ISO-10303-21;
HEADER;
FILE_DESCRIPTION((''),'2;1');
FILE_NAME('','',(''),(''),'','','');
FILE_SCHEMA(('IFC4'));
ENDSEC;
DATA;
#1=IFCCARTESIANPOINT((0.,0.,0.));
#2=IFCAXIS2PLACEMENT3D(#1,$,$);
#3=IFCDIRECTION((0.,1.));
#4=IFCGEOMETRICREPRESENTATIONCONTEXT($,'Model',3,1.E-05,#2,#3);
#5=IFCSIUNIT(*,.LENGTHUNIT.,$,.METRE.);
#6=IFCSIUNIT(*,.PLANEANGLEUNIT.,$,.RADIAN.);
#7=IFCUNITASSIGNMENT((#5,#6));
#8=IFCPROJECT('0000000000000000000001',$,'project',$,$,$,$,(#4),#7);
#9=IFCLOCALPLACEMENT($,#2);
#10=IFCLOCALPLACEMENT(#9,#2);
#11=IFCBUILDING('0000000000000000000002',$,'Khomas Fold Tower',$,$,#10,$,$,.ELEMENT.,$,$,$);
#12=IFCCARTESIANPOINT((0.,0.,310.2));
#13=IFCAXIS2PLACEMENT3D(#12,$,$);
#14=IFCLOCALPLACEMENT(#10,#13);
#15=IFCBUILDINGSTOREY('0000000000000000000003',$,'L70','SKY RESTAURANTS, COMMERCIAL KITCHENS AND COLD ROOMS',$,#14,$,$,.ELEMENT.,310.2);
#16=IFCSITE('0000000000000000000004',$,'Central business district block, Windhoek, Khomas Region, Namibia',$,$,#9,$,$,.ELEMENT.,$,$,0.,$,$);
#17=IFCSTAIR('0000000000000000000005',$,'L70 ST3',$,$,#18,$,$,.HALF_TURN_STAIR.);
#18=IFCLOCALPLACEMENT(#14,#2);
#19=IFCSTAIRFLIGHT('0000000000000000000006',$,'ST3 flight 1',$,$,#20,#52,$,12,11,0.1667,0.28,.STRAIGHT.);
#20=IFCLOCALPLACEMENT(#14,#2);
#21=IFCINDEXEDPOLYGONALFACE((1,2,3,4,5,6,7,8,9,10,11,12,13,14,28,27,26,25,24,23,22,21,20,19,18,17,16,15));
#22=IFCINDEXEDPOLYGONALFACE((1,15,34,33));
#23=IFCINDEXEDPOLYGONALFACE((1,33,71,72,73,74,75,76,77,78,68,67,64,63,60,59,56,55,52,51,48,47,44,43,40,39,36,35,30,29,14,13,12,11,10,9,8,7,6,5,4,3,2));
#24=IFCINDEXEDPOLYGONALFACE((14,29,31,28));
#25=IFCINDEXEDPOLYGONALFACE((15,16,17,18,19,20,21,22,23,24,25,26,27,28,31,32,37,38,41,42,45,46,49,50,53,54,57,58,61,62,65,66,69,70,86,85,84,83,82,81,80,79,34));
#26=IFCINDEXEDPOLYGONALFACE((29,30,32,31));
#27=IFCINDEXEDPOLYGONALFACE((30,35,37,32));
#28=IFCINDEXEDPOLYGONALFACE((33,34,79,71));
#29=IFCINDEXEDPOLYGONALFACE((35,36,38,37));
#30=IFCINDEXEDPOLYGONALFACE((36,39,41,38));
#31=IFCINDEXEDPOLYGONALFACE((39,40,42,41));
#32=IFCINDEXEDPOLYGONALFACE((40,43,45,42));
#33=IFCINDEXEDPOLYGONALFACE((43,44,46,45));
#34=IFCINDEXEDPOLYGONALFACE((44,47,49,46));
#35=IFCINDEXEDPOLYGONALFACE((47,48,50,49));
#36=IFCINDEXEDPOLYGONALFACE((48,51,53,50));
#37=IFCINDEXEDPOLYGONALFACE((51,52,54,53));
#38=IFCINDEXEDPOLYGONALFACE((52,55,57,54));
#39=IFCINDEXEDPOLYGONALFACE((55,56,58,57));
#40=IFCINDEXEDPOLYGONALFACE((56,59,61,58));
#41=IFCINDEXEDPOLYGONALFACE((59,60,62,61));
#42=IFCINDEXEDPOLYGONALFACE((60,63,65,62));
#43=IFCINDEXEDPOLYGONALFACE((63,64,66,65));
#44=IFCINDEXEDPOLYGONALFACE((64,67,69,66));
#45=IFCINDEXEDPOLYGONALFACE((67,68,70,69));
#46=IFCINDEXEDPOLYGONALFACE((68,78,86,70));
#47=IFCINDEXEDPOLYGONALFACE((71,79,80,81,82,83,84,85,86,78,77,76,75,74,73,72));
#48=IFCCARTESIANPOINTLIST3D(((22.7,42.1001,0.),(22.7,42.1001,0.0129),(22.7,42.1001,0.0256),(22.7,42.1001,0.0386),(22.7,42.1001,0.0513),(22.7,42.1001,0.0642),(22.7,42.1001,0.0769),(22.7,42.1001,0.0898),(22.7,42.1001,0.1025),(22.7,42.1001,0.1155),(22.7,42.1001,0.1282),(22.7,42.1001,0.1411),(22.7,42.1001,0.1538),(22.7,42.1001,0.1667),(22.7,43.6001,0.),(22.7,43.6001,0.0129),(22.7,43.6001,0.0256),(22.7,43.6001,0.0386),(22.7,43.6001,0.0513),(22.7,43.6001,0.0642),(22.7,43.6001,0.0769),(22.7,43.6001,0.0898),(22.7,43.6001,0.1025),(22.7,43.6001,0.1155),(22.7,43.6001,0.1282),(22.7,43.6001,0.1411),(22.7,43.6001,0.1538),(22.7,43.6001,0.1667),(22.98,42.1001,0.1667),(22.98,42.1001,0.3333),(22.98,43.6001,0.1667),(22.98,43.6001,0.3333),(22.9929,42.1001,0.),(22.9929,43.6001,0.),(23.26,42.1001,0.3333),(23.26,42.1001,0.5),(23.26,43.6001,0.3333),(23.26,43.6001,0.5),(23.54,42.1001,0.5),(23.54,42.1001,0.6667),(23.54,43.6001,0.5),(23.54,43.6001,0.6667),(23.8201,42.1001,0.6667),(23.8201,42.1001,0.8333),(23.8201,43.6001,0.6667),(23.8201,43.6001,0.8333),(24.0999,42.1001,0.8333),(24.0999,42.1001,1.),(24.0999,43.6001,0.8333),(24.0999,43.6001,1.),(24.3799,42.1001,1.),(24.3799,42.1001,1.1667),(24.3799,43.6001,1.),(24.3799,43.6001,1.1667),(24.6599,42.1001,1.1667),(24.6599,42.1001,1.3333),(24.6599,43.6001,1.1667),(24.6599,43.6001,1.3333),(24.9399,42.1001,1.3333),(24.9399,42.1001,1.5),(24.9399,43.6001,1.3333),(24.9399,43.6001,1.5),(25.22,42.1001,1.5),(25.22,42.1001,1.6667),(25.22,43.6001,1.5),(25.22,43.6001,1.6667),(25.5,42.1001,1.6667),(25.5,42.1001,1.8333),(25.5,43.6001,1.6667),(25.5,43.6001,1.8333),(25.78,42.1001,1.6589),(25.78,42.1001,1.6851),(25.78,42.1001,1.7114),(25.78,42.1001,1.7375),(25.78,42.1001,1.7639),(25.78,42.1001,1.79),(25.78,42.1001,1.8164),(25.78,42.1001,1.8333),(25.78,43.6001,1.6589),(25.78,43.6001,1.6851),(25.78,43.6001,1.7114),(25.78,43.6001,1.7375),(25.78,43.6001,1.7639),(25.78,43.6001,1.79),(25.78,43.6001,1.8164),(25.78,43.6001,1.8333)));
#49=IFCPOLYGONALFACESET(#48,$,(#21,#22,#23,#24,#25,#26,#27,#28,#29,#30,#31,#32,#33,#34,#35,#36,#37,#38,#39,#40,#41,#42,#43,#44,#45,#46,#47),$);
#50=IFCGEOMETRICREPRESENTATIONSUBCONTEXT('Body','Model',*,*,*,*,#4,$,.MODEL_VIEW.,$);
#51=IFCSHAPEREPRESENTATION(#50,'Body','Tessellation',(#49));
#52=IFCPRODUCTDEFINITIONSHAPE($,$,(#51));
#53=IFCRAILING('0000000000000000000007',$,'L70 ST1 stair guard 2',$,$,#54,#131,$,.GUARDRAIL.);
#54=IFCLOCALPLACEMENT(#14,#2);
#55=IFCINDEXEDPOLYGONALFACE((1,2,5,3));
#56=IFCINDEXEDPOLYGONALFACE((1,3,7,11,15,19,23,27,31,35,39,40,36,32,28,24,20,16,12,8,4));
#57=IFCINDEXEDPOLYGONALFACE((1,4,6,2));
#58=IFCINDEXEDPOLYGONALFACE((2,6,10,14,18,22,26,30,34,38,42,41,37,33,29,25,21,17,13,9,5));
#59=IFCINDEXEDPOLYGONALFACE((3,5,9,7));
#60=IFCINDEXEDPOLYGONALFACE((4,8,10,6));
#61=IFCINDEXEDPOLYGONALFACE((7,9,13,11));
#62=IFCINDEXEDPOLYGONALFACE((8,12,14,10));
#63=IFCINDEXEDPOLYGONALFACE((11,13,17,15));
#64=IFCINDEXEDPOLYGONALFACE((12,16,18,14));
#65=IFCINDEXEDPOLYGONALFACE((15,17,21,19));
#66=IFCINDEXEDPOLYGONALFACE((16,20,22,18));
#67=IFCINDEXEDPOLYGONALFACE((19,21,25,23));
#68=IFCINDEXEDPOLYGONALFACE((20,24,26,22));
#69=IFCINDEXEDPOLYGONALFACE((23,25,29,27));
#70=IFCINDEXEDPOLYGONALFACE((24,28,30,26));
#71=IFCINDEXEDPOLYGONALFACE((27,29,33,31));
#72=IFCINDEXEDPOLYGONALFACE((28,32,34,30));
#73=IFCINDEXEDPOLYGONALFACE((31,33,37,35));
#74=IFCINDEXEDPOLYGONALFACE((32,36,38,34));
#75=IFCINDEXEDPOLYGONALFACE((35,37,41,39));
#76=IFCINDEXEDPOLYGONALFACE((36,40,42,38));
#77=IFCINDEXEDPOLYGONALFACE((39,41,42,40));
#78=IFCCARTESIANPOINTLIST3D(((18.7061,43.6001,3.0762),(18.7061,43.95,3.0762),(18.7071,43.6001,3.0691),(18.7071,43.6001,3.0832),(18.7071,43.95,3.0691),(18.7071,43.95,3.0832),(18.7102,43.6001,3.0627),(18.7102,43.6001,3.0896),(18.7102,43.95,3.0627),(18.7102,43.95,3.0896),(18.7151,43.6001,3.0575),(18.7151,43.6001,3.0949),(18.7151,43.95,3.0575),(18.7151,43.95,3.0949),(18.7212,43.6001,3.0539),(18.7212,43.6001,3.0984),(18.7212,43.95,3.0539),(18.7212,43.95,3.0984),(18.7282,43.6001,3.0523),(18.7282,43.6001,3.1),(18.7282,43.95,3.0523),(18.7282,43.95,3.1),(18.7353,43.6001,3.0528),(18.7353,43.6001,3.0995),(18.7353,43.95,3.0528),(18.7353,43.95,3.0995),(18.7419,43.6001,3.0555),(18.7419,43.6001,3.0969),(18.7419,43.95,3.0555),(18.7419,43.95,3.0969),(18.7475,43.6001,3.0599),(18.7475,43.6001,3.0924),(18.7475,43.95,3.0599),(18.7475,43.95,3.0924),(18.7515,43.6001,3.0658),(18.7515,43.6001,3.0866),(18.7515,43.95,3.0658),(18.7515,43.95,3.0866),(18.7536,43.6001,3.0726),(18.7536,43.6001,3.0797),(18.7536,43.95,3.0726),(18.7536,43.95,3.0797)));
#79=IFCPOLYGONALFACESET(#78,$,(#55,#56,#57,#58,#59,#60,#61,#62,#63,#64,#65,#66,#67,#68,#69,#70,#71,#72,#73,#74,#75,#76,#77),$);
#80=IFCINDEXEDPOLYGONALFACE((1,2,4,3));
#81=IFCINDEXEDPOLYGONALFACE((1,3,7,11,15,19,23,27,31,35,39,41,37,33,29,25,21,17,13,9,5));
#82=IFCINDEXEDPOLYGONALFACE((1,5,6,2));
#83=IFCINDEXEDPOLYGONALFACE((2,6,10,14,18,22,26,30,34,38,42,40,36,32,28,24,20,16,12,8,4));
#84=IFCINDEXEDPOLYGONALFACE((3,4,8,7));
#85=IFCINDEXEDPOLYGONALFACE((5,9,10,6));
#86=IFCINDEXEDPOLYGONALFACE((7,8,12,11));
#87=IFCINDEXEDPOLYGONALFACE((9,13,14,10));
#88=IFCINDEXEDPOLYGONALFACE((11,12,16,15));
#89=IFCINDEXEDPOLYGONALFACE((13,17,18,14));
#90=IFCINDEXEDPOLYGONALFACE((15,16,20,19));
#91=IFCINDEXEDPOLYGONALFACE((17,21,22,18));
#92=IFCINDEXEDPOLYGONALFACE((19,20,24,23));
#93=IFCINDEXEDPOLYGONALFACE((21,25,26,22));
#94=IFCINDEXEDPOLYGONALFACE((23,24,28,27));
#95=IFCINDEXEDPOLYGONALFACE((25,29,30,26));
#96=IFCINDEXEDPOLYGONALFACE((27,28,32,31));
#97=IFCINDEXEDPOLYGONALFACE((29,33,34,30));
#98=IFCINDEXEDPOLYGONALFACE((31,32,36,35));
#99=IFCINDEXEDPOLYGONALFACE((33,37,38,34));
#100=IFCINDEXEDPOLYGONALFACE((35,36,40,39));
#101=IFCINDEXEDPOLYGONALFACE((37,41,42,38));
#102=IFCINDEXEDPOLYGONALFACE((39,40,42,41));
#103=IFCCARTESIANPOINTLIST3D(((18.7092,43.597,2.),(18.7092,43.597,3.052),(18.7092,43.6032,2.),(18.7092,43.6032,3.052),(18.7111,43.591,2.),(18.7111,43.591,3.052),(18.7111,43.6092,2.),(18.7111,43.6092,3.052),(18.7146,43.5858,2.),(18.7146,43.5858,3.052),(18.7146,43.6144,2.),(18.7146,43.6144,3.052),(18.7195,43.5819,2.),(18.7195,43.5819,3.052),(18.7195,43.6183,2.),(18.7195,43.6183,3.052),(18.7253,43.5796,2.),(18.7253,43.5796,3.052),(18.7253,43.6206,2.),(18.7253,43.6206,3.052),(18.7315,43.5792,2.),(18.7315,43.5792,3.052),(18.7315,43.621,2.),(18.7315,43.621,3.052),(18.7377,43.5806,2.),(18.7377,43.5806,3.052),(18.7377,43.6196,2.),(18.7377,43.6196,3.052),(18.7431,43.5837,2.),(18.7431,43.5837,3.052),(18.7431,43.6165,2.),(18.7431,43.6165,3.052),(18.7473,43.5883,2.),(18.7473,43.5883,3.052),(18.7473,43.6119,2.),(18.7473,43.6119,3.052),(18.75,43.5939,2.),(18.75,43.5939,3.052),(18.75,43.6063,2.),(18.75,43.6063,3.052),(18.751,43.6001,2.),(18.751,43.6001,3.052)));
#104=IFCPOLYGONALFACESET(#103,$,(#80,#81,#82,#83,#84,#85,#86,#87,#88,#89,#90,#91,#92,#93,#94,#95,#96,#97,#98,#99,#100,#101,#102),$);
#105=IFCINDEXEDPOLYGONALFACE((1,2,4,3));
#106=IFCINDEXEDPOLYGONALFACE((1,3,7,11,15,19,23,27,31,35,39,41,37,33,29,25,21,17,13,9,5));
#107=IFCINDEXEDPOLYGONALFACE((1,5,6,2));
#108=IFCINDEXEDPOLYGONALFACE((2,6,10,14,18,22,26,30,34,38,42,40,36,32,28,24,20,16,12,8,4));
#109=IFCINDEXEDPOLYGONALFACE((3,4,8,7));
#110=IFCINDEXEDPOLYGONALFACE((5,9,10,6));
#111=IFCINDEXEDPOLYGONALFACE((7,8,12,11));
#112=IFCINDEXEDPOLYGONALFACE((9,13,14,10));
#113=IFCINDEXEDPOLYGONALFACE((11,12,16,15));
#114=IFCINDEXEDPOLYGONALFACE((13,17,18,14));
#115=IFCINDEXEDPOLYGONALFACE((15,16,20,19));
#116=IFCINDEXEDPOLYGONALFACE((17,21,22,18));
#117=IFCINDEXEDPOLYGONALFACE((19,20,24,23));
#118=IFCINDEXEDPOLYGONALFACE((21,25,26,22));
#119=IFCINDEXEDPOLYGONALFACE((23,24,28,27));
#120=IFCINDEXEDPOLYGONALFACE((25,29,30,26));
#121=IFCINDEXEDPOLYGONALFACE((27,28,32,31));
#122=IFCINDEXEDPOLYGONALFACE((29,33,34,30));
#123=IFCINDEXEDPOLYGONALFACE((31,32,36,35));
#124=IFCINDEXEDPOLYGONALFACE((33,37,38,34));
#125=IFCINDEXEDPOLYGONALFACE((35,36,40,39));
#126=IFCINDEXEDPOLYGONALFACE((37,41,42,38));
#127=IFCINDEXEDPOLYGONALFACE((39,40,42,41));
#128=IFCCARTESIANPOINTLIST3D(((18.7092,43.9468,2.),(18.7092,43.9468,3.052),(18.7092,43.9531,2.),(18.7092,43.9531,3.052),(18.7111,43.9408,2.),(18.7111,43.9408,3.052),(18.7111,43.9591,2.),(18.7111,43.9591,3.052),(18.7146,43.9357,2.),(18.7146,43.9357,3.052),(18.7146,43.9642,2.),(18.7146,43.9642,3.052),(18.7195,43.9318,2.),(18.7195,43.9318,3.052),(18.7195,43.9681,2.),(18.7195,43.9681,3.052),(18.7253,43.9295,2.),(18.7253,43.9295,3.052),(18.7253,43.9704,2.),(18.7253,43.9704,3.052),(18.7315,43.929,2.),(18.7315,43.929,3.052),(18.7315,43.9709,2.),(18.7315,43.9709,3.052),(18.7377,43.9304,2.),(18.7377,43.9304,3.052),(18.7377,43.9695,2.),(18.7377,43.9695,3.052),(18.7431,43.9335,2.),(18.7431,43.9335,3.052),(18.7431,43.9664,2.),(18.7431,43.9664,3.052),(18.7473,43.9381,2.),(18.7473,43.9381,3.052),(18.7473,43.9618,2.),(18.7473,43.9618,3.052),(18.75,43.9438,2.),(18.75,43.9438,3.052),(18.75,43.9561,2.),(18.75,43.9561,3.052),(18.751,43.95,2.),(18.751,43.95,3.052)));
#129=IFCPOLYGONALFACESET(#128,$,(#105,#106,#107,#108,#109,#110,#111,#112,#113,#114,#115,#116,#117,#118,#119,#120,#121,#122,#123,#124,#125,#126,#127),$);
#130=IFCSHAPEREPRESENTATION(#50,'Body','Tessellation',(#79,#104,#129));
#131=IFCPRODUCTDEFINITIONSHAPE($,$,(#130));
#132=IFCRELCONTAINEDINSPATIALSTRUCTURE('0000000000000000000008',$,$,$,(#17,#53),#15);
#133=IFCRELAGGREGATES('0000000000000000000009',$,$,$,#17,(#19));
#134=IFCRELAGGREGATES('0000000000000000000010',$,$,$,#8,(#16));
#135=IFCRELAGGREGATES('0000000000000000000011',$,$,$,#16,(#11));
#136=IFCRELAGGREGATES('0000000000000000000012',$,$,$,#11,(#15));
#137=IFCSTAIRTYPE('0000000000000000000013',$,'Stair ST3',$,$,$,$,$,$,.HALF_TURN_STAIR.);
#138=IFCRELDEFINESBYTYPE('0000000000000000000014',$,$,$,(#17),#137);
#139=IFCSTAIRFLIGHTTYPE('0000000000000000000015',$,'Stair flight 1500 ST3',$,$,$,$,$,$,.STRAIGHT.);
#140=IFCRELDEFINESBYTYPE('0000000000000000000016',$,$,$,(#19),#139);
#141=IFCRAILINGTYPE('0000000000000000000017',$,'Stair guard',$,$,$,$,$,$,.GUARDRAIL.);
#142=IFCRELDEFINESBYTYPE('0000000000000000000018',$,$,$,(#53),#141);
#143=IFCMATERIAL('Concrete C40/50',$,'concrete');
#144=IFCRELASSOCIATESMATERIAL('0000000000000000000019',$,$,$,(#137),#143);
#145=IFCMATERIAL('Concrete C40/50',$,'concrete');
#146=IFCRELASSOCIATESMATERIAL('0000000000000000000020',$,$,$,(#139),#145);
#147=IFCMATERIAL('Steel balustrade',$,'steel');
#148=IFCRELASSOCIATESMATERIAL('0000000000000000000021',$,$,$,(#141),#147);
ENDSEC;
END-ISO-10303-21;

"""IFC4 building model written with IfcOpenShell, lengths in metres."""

from ifc_helpers import new_model, si_unit, direction, frame, origin, origin_2d, place, context, subcontext, project, spatial, polyline, circle, outline, extrude, source, transform, mapped, material, type_object, element, aggregate, save


model = new_model("IFC4")

# Units and contexts
model_context = context("Model", 3, precision=1e-05, world=origin(), true_north=direction((0.0, 1.0)))
body_context = subcontext(model_context, "Body", "Model", "MODEL_VIEW")
ifc_project = project(units=[si_unit("LENGTHUNIT", "METRE"), si_unit("PLANEANGLEUNIT", "RADIAN")], contexts=[model_context])

# Site, building, storey
site_placement = place(None, origin())
site = spatial("IfcSite", under=ifc_project, at=site_placement, Name="Central business district block, Windhoek, Khomas Region, Namibia", CompositionType="ELEMENT", RefElevation=0.0)
building_placement = place(site_placement, origin())
building = spatial("IfcBuilding", under=site, at=building_placement, Name="Khomas Fold Tower", CompositionType="ELEMENT")
storey_placement = place(building_placement, frame((0.0, 0.0, 310.2)))
storey = spatial("IfcBuildingStorey", under=building, at=storey_placement, Name="L70", Description="SKY RESTAURANTS, COMMERCIAL KITCHENS AND COLD ROOMS", CompositionType="ELEMENT", Elevation=310.2)

# Shared definitions
shared_shape_1 = source(origin(), body_context, "Body", "SweptSolid", [
    extrude(outline(polyline([(0.0, 0.0), (0.0, 0.0129), (0.0, 0.0256), (0.0, 0.0386), (0.0, 0.0513), (0.0, 0.0642), (0.0, 0.0769), (0.0, 0.0898), (0.0, 0.1025), (0.0, 0.1155), (0.0, 0.1282), (0.0, 0.1411), (0.0, 0.1538), (0.0, 0.1667), (0.28, 0.1667), (0.28, 0.3333), (0.5601, 0.3333), (0.5601, 0.5), (0.8401, 0.5), (0.8401, 0.6667), (1.1201, 0.6667), (1.1201, 0.8333), (1.3999, 0.8333), (1.3999, 1.0), (1.6799, 1.0), (1.6799, 1.1667), (1.96, 1.1667), (1.96, 1.3333), (2.24, 1.3333), (2.24, 1.5), (2.52, 1.5), (2.52, 1.6667), (2.8, 1.6667), (2.8, 1.8333), (3.0801, 1.8333), (3.0801, 2.0), (3.0801, 1.9739), (3.0801, 1.9475), (3.0801, 1.9214), (3.0801, 1.895), (3.0801, 1.8689), (3.0801, 1.8425), (3.0801, 1.8164), (3.0801, 1.79), (3.0801, 1.7639), (3.0801, 1.7375), (3.0801, 1.7114), (3.0801, 1.6851), (3.0801, 1.6589), (0.293, 0.0), (0.0, 0.0)])), frame((0.0, 0.75, 0.0), z_axis=(0.0, -1.0, 0.0), x_axis=(1.0, 0.0, 0.0)), (0.0, 0.0, 1.0), 1.5),
])

# Stair, stair flight
ifc_material_1 = material(Name="Concrete C40/50", Category="concrete")
stair_type_1 = type_object("IfcStairType", Name="Stair ST3", PredefinedType="HALF_TURN_STAIR", material=ifc_material_1)
stair_1_placement = place(storey_placement, origin())
stair_1 = element("IfcStair", 1, at=stair_1_placement, inside=storey, type_object=stair_type_1, Name="L70 ST3", PredefinedType="HALF_TURN_STAIR")
ifc_material_2 = material(Name="Concrete C40/50", Category="concrete")
stair_flight_type_1 = type_object("IfcStairFlightType", Name="Stair flight 1500 ST3", PredefinedType="STRAIGHT", material=ifc_material_2)
stair_flight_1_placement = place(storey_placement, frame((22.7, 42.8501, 0.0), z_axis=(0.0, 0.0, 1.0), x_axis=(1.0, 0.0, 0.0)))
stair_flight_1 = element("IfcStairFlight", 2, at=stair_flight_1_placement, type_object=stair_flight_type_1, Name="ST3 flight 1", NumberOfRisers=12, NumberOfTreads=11, PredefinedType="STRAIGHT", RiserHeight=0.1667, TreadLength=0.28, context=body_context, shape_type="MappedRepresentation", body=[
    mapped(shared_shape_1, transform((0.0, 0.0, 0.0))),
])
aggregate(stair_1, [stair_flight_1])

# Railing
ifc_material_3 = material(Name="Steel balustrade", Category="steel")
railing_type_1 = type_object("IfcRailingType", Name="Stair guard", PredefinedType="GUARDRAIL", material=ifc_material_3)
shared_shape_2 = source(origin(), body_context, "Body", "SweptSolid", [
    extrude(circle(Radius=0.0239, at=origin_2d()), frame((0.0, 0.0, 1.0762), z_axis=(0.0, 1.0, 0.0), x_axis=(-1.0, 0.0, 0.0)), (0.0, 0.0, 1.0), 0.3499),
    extrude(circle(Radius=0.021, at=origin_2d()), origin(), (0.0, 0.0, 1.0), 1.052),
    extrude(circle(Radius=0.021, at=origin_2d()), frame((0.0, 0.3499, 0.0)), (0.0, 0.0, 1.0), 1.052),
])
for number, where, name in (
    (3, (18.73, 43.6001, 2.0), "L70 ST1 stair guard 2"),
):
    element("IfcRailing", number, at=place(storey_placement, frame(where)), inside=storey, type_object=railing_type_1, Name=name, PredefinedType="GUARDRAIL", context=body_context, shape_type="MappedRepresentation", body=[
        mapped(shared_shape_2, transform((0.0, 0.0, 0.0))),
    ])

save(model, "model.ifc")
